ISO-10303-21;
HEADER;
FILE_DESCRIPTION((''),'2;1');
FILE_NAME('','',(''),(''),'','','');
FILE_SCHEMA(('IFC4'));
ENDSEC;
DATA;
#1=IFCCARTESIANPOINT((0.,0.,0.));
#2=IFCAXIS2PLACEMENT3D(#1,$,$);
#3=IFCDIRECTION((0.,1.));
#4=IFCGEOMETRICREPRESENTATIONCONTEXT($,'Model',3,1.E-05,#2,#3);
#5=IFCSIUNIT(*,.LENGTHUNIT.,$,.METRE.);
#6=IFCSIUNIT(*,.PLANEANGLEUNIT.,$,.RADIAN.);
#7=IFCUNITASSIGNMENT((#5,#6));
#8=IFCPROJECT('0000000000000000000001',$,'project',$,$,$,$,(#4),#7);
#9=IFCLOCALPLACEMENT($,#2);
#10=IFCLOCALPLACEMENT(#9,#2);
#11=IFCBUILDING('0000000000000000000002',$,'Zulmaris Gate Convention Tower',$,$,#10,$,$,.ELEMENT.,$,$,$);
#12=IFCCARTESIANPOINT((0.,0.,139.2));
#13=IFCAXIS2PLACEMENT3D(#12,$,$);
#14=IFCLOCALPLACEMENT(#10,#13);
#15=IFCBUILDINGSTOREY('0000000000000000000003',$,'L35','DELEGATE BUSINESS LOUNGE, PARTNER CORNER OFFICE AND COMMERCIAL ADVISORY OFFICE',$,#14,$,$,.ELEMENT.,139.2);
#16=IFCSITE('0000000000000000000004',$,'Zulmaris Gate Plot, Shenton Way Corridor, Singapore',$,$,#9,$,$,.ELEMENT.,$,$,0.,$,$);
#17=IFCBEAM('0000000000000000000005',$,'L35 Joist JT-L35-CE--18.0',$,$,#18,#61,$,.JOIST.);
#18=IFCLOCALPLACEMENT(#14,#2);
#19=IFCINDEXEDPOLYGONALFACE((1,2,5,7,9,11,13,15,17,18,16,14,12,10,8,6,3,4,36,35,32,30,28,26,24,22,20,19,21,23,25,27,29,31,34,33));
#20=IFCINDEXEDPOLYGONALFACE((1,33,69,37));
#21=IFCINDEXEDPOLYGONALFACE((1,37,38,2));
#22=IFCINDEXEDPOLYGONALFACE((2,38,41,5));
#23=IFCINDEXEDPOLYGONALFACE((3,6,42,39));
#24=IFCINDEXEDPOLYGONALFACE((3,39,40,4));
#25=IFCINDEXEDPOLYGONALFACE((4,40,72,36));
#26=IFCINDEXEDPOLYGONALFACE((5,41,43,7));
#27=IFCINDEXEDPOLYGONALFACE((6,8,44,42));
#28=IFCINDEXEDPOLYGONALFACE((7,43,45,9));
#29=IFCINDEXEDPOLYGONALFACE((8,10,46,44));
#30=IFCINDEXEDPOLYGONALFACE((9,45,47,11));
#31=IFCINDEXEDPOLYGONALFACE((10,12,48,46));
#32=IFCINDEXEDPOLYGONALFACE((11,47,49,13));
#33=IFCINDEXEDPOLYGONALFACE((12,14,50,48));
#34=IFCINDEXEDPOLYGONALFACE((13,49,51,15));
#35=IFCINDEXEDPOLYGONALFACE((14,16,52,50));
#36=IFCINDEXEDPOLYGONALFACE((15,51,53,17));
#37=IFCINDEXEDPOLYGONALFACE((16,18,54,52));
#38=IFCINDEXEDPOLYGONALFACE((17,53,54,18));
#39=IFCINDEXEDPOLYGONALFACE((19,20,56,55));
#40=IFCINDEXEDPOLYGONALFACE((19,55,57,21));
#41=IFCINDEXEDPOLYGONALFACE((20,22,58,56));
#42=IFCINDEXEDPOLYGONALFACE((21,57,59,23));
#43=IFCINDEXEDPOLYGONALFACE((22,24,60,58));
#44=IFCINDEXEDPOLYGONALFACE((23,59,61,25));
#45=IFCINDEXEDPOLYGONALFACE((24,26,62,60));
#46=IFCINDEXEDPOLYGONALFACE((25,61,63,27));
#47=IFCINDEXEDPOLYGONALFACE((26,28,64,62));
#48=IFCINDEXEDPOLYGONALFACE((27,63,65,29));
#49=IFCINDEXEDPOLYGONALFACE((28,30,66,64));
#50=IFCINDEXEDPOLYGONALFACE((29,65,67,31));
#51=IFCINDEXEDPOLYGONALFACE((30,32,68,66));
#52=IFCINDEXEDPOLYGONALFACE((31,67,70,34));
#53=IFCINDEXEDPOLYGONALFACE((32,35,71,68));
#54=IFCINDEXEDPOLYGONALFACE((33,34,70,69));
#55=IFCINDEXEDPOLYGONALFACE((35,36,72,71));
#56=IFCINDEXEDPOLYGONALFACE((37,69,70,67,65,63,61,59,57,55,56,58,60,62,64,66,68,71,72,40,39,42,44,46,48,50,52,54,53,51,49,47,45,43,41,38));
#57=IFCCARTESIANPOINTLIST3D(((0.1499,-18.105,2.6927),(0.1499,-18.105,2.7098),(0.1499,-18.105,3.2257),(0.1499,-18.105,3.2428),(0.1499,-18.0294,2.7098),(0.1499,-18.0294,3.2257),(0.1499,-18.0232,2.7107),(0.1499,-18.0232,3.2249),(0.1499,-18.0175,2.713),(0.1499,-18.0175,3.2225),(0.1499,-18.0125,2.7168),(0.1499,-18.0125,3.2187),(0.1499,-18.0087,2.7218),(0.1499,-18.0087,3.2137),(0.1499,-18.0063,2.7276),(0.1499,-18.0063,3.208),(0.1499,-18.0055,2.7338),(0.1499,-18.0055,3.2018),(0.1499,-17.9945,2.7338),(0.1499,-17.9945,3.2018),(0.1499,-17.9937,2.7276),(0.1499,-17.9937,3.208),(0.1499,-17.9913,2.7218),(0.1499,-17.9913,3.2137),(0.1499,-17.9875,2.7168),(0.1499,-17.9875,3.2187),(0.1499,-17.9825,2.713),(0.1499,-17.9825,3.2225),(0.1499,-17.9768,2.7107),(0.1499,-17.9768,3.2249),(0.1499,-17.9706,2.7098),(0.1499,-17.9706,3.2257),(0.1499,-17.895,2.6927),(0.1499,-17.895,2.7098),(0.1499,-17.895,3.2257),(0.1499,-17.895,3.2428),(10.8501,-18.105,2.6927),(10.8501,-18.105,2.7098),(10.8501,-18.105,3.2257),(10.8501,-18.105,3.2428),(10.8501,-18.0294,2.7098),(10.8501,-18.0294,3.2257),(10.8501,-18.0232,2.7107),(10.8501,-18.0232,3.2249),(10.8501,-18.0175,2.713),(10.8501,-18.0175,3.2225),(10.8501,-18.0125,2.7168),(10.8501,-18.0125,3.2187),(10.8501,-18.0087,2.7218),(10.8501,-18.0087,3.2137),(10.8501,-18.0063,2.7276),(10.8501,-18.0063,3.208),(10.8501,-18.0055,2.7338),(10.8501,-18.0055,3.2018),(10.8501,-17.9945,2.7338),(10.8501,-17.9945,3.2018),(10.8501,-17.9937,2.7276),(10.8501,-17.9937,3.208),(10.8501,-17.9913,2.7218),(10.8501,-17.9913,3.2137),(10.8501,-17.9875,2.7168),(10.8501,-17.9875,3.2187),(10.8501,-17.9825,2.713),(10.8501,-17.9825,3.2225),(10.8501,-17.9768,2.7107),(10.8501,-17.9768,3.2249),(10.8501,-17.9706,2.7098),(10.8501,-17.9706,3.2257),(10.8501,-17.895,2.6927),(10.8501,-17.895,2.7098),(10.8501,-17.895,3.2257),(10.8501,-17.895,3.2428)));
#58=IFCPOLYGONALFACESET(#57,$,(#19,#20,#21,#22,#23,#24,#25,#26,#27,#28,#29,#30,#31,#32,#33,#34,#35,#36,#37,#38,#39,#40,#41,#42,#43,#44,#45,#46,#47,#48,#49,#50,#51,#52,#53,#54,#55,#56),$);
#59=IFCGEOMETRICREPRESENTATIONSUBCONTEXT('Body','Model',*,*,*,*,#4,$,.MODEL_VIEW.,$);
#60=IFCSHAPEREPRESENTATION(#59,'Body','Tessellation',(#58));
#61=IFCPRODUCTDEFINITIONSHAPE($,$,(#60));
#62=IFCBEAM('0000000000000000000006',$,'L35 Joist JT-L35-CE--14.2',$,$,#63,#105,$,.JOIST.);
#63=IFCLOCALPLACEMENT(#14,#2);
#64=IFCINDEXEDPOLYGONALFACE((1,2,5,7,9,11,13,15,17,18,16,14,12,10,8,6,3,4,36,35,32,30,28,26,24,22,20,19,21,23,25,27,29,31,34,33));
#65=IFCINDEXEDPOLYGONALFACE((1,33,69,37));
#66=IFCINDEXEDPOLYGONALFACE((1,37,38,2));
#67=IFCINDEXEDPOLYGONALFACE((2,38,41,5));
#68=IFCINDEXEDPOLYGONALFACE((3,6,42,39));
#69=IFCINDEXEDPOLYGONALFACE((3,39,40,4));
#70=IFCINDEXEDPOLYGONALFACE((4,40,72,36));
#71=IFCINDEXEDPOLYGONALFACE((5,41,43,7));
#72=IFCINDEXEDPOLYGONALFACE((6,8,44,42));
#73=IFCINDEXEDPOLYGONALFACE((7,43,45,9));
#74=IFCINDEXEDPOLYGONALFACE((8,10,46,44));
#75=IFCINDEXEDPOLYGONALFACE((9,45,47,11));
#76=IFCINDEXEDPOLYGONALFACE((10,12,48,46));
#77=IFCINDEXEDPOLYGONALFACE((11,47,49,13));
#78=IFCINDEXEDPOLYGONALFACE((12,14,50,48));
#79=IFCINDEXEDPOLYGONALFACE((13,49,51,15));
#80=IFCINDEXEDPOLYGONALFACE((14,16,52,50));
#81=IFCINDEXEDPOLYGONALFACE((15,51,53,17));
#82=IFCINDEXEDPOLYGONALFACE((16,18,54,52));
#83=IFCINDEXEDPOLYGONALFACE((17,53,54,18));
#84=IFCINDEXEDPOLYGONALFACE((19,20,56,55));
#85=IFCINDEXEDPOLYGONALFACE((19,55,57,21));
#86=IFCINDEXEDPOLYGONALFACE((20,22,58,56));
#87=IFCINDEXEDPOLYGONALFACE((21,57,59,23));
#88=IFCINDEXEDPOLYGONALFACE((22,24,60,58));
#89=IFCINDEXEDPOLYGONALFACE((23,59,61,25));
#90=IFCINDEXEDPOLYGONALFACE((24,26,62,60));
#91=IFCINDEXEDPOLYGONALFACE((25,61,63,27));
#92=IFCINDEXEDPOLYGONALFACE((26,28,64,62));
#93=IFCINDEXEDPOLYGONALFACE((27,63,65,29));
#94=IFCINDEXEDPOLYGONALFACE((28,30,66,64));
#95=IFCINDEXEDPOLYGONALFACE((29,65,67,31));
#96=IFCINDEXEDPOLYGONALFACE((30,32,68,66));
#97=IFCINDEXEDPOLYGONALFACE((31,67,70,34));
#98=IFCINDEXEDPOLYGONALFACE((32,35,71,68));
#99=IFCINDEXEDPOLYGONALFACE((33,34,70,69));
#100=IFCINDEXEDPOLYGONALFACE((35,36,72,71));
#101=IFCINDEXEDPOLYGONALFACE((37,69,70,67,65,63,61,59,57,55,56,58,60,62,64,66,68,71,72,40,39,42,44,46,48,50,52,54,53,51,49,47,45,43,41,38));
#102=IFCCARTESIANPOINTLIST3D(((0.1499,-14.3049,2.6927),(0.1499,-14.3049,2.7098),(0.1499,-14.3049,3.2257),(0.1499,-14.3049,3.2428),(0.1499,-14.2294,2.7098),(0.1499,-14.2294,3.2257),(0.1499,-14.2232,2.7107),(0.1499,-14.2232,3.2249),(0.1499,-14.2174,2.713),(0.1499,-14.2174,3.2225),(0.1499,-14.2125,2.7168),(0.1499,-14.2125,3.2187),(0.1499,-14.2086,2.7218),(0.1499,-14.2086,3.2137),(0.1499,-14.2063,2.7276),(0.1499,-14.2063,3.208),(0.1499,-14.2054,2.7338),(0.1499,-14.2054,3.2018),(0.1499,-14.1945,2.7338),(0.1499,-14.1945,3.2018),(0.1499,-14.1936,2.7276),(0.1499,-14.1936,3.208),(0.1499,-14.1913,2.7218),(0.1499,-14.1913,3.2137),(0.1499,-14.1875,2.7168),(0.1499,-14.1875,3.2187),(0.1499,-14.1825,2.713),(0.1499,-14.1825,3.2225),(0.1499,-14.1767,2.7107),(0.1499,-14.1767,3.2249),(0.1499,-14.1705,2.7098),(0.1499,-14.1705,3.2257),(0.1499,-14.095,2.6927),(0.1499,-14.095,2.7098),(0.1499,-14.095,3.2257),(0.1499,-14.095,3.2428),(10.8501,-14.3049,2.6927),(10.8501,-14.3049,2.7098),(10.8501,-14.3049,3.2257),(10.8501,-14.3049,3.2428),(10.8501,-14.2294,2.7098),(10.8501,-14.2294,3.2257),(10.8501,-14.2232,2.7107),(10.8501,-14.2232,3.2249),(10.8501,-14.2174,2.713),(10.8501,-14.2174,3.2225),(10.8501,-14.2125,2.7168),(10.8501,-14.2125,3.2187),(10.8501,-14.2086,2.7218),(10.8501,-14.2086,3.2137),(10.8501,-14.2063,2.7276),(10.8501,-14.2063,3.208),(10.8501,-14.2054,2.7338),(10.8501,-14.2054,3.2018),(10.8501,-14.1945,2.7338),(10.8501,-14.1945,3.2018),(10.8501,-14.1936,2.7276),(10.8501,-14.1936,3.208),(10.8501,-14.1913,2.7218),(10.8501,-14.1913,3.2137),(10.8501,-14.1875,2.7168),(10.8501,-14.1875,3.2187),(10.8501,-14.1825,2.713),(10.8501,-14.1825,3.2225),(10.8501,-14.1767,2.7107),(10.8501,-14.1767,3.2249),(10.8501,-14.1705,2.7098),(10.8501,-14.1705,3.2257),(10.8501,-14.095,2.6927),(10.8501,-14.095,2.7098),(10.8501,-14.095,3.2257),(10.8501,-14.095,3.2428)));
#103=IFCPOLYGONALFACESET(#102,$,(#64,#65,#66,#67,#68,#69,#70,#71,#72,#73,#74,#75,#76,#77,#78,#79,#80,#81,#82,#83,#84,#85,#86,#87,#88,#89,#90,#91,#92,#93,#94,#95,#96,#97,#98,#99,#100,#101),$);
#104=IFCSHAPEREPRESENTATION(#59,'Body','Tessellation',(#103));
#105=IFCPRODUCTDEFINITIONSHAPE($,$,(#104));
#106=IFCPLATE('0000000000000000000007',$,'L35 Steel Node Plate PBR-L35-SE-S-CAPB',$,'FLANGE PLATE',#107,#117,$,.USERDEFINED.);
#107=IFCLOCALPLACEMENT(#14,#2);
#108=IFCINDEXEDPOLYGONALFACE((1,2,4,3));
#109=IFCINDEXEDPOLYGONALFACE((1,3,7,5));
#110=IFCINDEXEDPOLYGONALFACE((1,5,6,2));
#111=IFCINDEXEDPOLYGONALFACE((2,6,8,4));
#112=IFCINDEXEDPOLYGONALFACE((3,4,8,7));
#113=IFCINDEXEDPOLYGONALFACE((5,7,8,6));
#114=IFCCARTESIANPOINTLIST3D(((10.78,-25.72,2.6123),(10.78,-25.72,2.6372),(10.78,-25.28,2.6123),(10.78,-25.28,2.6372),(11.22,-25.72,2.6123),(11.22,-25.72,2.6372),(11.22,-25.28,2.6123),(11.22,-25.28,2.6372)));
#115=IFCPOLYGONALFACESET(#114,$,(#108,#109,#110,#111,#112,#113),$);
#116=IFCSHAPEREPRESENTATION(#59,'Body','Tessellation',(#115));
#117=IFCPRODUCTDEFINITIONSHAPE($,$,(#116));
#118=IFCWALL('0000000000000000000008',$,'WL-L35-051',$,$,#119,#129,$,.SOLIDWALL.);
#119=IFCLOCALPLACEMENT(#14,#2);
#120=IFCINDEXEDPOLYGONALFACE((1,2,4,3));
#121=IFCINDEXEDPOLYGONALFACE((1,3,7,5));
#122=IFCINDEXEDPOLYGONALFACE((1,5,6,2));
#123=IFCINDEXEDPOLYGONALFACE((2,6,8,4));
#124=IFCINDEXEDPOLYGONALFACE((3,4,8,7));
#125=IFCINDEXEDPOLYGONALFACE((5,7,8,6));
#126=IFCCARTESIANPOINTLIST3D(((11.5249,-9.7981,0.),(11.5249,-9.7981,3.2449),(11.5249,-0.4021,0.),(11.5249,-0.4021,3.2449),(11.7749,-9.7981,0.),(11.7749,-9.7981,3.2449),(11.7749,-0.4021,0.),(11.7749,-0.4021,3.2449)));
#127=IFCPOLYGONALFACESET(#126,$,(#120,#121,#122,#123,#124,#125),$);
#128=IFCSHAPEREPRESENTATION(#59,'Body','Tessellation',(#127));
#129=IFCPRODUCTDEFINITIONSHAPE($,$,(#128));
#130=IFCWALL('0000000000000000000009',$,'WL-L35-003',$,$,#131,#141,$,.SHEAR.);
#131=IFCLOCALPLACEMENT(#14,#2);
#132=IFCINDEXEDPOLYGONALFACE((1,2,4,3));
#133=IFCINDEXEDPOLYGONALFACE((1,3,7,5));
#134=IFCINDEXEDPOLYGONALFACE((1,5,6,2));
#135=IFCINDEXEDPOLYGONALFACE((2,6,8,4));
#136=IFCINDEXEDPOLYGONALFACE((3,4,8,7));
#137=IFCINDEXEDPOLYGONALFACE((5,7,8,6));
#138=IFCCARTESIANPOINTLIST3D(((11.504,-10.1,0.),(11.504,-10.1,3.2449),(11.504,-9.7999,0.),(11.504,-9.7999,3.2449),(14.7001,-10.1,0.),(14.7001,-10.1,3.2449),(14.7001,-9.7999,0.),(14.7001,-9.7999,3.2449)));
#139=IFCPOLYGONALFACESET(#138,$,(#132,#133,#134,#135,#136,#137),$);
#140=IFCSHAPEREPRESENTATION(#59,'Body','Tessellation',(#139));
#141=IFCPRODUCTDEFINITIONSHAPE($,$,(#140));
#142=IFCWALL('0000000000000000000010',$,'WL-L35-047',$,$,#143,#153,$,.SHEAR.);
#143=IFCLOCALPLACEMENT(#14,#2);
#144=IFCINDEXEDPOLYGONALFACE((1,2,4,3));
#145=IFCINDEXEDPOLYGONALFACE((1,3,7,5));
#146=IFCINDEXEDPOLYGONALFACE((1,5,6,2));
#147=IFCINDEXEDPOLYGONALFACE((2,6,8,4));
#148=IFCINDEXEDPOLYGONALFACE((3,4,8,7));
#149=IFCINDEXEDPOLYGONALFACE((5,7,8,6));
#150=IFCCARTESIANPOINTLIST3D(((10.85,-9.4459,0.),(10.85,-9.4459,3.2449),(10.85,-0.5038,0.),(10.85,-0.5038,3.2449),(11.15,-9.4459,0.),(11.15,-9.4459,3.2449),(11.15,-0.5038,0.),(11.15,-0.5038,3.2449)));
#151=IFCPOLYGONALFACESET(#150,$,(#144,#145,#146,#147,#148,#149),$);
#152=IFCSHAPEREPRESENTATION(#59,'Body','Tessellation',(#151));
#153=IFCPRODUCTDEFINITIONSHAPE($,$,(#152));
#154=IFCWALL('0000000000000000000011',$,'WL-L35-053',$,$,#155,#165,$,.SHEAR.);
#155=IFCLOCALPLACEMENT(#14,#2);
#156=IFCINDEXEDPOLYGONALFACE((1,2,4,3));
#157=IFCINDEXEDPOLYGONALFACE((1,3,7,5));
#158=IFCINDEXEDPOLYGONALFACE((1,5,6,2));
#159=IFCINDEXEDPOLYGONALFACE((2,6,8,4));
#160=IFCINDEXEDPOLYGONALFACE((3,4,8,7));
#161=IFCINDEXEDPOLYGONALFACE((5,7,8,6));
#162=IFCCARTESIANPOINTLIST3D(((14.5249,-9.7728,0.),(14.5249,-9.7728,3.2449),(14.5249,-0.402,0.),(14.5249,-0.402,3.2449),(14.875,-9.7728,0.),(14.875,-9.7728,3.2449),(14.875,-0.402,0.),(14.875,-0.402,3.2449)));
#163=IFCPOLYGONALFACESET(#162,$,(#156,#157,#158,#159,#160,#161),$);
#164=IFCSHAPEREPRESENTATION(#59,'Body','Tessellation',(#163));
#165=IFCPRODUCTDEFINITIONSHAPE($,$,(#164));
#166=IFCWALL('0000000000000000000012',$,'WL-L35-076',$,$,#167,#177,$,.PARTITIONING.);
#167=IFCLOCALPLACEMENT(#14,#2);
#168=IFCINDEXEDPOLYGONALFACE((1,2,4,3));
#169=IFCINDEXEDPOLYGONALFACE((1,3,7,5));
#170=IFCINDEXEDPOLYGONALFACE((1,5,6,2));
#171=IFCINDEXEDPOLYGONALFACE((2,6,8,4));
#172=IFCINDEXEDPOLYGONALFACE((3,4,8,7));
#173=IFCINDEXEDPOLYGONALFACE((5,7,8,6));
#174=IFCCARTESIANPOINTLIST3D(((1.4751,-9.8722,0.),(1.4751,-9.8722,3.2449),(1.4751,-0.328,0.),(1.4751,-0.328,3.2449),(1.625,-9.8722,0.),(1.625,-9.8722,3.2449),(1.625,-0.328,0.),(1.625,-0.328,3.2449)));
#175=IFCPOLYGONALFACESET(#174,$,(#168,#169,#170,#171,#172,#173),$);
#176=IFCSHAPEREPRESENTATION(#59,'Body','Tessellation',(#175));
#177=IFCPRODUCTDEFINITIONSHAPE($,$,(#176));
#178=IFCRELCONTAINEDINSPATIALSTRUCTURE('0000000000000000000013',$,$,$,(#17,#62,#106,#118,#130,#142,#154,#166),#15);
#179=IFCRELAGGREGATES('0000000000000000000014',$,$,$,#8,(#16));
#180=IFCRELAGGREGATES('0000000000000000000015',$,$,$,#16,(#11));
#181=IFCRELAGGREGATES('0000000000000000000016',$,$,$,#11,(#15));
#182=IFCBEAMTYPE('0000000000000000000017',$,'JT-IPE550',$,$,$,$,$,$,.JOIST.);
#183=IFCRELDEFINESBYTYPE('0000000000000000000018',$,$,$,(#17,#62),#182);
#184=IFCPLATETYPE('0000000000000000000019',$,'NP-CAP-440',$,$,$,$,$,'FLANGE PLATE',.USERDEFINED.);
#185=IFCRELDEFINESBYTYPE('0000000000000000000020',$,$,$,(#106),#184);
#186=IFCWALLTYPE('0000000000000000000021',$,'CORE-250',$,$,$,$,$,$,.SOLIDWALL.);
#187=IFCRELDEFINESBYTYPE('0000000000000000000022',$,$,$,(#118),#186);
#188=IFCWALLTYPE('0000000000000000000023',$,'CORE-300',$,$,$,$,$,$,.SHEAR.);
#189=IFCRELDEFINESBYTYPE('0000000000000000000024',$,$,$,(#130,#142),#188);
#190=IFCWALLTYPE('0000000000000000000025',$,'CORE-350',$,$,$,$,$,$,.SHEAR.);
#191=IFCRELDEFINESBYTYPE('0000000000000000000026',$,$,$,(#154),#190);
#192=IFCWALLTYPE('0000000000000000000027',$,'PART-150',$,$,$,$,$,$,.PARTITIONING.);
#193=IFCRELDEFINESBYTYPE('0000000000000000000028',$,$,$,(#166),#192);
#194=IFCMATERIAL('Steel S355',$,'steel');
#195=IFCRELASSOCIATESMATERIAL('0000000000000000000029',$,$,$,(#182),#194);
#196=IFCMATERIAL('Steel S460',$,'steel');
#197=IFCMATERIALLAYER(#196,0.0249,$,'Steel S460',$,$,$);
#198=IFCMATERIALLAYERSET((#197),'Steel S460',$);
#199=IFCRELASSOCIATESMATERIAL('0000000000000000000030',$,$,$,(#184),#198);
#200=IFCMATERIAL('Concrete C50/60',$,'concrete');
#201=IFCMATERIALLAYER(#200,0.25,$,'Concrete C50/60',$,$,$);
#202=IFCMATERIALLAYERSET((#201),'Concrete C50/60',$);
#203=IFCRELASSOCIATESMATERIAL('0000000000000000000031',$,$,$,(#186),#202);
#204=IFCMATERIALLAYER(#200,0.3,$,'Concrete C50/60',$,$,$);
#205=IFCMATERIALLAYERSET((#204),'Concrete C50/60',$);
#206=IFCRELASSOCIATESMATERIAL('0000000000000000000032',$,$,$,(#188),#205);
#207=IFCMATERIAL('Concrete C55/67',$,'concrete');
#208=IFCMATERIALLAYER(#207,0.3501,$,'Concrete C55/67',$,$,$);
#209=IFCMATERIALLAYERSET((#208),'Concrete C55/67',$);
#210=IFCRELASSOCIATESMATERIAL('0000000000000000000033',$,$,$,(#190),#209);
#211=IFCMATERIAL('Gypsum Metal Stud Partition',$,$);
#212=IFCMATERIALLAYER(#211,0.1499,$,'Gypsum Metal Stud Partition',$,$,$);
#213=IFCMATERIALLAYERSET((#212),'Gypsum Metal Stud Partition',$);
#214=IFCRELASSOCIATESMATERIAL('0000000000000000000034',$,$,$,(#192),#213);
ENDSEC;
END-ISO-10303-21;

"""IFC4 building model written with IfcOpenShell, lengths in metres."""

from ifc_helpers import new_model, si_unit, direction, frame, frame_2d, origin, origin_2d, place, context, subcontext, project, spatial, rectangle, i_section, extrude, material, layer, layer_set, material_profile, profile_set, type_object, element, save


model = new_model("IFC4")

# Units and contexts
model_context = context("Model", 3, precision=1e-05, world=origin(), true_north=direction((0.0, 1.0)))
body_context = subcontext(model_context, "Body", "Model", "MODEL_VIEW")
ifc_project = project(units=[si_unit("LENGTHUNIT", "METRE"), si_unit("PLANEANGLEUNIT", "RADIAN")], contexts=[model_context])

# Site, building, storey
site_placement = place(None, origin())
site = spatial("IfcSite", under=ifc_project, at=site_placement, Name="Zulmaris Gate Plot, Shenton Way Corridor, Singapore", CompositionType="ELEMENT", RefElevation=0.0)
building_placement = place(site_placement, origin())
building = spatial("IfcBuilding", under=site, at=building_placement, Name="Zulmaris Gate Convention Tower", CompositionType="ELEMENT")
storey_placement = place(building_placement, frame((0.0, 0.0, 139.2)))
storey = spatial("IfcBuildingStorey", under=building, at=storey_placement, Name="L35", Description="DELEGATE BUSINESS LOUNGE, PARTNER CORNER OFFICE AND COMMERCIAL ADVISORY OFFICE", CompositionType="ELEMENT", Elevation=139.2)

# Beams
ifc_material_1 = material(Name="Steel S355", Category="steel")
ifc_material_profile_1 = material_profile(ifc_material_1, i_section(OverallWidth=0.21, OverallDepth=0.55, WebThickness=0.011, FlangeThickness=0.0171, FilletRadius=0.0239, at=origin_2d()), Name="IPE 550")
ifc_profile_set_1 = profile_set([ifc_material_profile_1], Name="Steel S355")
beam_type_1 = type_object("IfcBeamType", Name="JT-IPE550", PredefinedType="JOIST", material=ifc_profile_set_1)
for number, where, z_axis, x_axis, name in (
    (1, (0.1499, -18.0, 2.9678), (1.0, 0.0, 0.0), (0.0, 1.0, 0.0), "L35 Joist JT-L35-CE--18.0"),
    (2, (0.1499, -14.2, 2.9678), (1.0, 0.0, 0.0), (0.0, 1.0, 0.0), "L35 Joist JT-L35-CE--14.2"),
):
    element("IfcBeam", number, at=place(storey_placement, frame(where, z_axis=z_axis, x_axis=x_axis)), inside=storey, type_object=beam_type_1, Name=name, PredefinedType="JOIST", context=body_context, shape_type="SweptSolid", body=[
        extrude(i_section(OverallWidth=0.21, OverallDepth=0.55, WebThickness=0.011, FlangeThickness=0.0171, FilletRadius=0.0239, at=origin_2d()), origin(), (0.0, 0.0, 1.0), 10.7002),
    ])

# Plate
ifc_material_2 = material(Name="Steel S460", Category="steel")
ifc_layer_1 = layer(ifc_material_2, 0.0249, Name="Steel S460")
ifc_layer_set_1 = layer_set([ifc_layer_1], Name="Steel S460")
plate_type = type_object("IfcPlateType", Name="NP-CAP-440", ElementType="FLANGE PLATE", PredefinedType="USERDEFINED", material=ifc_layer_set_1)
plate_placement = place(storey_placement, frame((11.0, -25.5, 2.6123), z_axis=(0.0, 0.0, 1.0), x_axis=(1.0, 0.0, 0.0)))
element("IfcPlate", 3, at=plate_placement, inside=storey, type_object=plate_type, Name="L35 Steel Node Plate PBR-L35-SE-S-CAPB", ObjectType="FLANGE PLATE", PredefinedType="USERDEFINED", context=body_context, shape_type="SweptSolid", body=[
    extrude(rectangle(XDim=0.4399, YDim=0.4399, at=origin_2d()), origin(), (0.0, 0.0, 1.0), 0.0249),
])

# Walls
ifc_material_3 = material(Name="Concrete C50/60", Category="concrete")
ifc_layer_2 = layer(ifc_material_3, 0.25, Name="Concrete C50/60")
ifc_layer_set_2 = layer_set([ifc_layer_2], Name="Concrete C50/60")
wall_type_1 = type_object("IfcWallType", Name="CORE-250", PredefinedType="SOLIDWALL", material=ifc_layer_set_2)
wall_1_placement = place(storey_placement, frame((11.6499, -9.7981, 0.0), z_axis=(0.0, 0.0, 1.0), x_axis=(0.0, 1.0, 0.0)))
element("IfcWall", 4, at=wall_1_placement, inside=storey, type_object=wall_type_1, Name="WL-L35-051", PredefinedType="SOLIDWALL", context=body_context, shape_type="SweptSolid", body=[
    extrude(rectangle(XDim=9.396, YDim=0.25, at=frame_2d((4.698, 0.0))), origin(), (0.0, 0.0, 1.0), 3.2449),
])
ifc_layer_3 = layer(ifc_material_3, 0.3, Name="Concrete C50/60")
ifc_layer_set_3 = layer_set([ifc_layer_3], Name="Concrete C50/60")
wall_type_2 = type_object("IfcWallType", Name="CORE-300", PredefinedType="SHEAR", material=ifc_layer_set_3)
wall_2_placement = place(storey_placement, frame((11.5039, -9.95, 0.0), z_axis=(0.0, 0.0, 1.0), x_axis=(1.0, 0.0, 0.0)))
element("IfcWall", 5, at=wall_2_placement, inside=storey, type_object=wall_type_2, Name="WL-L35-003", PredefinedType="SHEAR", context=body_context, shape_type="SweptSolid", body=[
    extrude(rectangle(XDim=3.196, YDim=0.3, at=frame_2d((1.5981, 0.0))), origin(), (0.0, 0.0, 1.0), 3.2449),
])
wall_3_placement = place(storey_placement, frame((11.0, -9.446, 0.0), z_axis=(0.0, 0.0, 1.0), x_axis=(0.0, 1.0, 0.0)))
element("IfcWall", 6, at=wall_3_placement, inside=storey, type_object=wall_type_2, Name="WL-L35-047", PredefinedType="SHEAR", context=body_context, shape_type="SweptSolid", body=[
    extrude(rectangle(XDim=8.9421, YDim=0.3, at=frame_2d((4.4712, 0.0))), origin(), (0.0, 0.0, 1.0), 3.2449),
])

# Shared definitions
ifc_material_4 = material(Name="Concrete C55/67", Category="concrete")
ifc_layer_4 = layer(ifc_material_4, 0.3501, Name="Concrete C55/67")
ifc_layer_set_4 = layer_set([ifc_layer_4], Name="Concrete C55/67")
wall_type_3 = type_object("IfcWallType", Name="CORE-350", PredefinedType="SHEAR", material=ifc_layer_set_4)

# Walls
wall_4_placement = place(storey_placement, frame((14.7, -9.7729, 0.0), z_axis=(0.0, 0.0, 1.0), x_axis=(0.0, 1.0, 0.0)))
element("IfcWall", 7, at=wall_4_placement, inside=storey, type_object=wall_type_3, Name="WL-L35-053", PredefinedType="SHEAR", context=body_context, shape_type="SweptSolid", body=[
    extrude(rectangle(XDim=9.3708, YDim=0.3501, at=frame_2d((4.6855, 0.0))), origin(), (0.0, 0.0, 1.0), 3.2449),
])
ifc_material_5 = material(Name="Gypsum Metal Stud Partition")
ifc_layer_5 = layer(ifc_material_5, 0.1499, Name="Gypsum Metal Stud Partition")
ifc_layer_set_5 = layer_set([ifc_layer_5], Name="Gypsum Metal Stud Partition")
wall_type_4 = type_object("IfcWallType", Name="PART-150", PredefinedType="PARTITIONING", material=ifc_layer_set_5)
wall_5_placement = place(storey_placement, frame((1.55, -9.8721, 0.0), z_axis=(0.0, 0.0, 1.0), x_axis=(0.0, 1.0, 0.0)))
element("IfcWall", 8, at=wall_5_placement, inside=storey, type_object=wall_type_4, Name="WL-L35-076", PredefinedType="PARTITIONING", context=body_context, shape_type="SweptSolid", body=[
    extrude(rectangle(XDim=9.5442, YDim=0.1499, at=frame_2d((4.772, 0.0))), origin(), (0.0, 0.0, 1.0), 3.2449),
])

save(model, "model.ifc")
